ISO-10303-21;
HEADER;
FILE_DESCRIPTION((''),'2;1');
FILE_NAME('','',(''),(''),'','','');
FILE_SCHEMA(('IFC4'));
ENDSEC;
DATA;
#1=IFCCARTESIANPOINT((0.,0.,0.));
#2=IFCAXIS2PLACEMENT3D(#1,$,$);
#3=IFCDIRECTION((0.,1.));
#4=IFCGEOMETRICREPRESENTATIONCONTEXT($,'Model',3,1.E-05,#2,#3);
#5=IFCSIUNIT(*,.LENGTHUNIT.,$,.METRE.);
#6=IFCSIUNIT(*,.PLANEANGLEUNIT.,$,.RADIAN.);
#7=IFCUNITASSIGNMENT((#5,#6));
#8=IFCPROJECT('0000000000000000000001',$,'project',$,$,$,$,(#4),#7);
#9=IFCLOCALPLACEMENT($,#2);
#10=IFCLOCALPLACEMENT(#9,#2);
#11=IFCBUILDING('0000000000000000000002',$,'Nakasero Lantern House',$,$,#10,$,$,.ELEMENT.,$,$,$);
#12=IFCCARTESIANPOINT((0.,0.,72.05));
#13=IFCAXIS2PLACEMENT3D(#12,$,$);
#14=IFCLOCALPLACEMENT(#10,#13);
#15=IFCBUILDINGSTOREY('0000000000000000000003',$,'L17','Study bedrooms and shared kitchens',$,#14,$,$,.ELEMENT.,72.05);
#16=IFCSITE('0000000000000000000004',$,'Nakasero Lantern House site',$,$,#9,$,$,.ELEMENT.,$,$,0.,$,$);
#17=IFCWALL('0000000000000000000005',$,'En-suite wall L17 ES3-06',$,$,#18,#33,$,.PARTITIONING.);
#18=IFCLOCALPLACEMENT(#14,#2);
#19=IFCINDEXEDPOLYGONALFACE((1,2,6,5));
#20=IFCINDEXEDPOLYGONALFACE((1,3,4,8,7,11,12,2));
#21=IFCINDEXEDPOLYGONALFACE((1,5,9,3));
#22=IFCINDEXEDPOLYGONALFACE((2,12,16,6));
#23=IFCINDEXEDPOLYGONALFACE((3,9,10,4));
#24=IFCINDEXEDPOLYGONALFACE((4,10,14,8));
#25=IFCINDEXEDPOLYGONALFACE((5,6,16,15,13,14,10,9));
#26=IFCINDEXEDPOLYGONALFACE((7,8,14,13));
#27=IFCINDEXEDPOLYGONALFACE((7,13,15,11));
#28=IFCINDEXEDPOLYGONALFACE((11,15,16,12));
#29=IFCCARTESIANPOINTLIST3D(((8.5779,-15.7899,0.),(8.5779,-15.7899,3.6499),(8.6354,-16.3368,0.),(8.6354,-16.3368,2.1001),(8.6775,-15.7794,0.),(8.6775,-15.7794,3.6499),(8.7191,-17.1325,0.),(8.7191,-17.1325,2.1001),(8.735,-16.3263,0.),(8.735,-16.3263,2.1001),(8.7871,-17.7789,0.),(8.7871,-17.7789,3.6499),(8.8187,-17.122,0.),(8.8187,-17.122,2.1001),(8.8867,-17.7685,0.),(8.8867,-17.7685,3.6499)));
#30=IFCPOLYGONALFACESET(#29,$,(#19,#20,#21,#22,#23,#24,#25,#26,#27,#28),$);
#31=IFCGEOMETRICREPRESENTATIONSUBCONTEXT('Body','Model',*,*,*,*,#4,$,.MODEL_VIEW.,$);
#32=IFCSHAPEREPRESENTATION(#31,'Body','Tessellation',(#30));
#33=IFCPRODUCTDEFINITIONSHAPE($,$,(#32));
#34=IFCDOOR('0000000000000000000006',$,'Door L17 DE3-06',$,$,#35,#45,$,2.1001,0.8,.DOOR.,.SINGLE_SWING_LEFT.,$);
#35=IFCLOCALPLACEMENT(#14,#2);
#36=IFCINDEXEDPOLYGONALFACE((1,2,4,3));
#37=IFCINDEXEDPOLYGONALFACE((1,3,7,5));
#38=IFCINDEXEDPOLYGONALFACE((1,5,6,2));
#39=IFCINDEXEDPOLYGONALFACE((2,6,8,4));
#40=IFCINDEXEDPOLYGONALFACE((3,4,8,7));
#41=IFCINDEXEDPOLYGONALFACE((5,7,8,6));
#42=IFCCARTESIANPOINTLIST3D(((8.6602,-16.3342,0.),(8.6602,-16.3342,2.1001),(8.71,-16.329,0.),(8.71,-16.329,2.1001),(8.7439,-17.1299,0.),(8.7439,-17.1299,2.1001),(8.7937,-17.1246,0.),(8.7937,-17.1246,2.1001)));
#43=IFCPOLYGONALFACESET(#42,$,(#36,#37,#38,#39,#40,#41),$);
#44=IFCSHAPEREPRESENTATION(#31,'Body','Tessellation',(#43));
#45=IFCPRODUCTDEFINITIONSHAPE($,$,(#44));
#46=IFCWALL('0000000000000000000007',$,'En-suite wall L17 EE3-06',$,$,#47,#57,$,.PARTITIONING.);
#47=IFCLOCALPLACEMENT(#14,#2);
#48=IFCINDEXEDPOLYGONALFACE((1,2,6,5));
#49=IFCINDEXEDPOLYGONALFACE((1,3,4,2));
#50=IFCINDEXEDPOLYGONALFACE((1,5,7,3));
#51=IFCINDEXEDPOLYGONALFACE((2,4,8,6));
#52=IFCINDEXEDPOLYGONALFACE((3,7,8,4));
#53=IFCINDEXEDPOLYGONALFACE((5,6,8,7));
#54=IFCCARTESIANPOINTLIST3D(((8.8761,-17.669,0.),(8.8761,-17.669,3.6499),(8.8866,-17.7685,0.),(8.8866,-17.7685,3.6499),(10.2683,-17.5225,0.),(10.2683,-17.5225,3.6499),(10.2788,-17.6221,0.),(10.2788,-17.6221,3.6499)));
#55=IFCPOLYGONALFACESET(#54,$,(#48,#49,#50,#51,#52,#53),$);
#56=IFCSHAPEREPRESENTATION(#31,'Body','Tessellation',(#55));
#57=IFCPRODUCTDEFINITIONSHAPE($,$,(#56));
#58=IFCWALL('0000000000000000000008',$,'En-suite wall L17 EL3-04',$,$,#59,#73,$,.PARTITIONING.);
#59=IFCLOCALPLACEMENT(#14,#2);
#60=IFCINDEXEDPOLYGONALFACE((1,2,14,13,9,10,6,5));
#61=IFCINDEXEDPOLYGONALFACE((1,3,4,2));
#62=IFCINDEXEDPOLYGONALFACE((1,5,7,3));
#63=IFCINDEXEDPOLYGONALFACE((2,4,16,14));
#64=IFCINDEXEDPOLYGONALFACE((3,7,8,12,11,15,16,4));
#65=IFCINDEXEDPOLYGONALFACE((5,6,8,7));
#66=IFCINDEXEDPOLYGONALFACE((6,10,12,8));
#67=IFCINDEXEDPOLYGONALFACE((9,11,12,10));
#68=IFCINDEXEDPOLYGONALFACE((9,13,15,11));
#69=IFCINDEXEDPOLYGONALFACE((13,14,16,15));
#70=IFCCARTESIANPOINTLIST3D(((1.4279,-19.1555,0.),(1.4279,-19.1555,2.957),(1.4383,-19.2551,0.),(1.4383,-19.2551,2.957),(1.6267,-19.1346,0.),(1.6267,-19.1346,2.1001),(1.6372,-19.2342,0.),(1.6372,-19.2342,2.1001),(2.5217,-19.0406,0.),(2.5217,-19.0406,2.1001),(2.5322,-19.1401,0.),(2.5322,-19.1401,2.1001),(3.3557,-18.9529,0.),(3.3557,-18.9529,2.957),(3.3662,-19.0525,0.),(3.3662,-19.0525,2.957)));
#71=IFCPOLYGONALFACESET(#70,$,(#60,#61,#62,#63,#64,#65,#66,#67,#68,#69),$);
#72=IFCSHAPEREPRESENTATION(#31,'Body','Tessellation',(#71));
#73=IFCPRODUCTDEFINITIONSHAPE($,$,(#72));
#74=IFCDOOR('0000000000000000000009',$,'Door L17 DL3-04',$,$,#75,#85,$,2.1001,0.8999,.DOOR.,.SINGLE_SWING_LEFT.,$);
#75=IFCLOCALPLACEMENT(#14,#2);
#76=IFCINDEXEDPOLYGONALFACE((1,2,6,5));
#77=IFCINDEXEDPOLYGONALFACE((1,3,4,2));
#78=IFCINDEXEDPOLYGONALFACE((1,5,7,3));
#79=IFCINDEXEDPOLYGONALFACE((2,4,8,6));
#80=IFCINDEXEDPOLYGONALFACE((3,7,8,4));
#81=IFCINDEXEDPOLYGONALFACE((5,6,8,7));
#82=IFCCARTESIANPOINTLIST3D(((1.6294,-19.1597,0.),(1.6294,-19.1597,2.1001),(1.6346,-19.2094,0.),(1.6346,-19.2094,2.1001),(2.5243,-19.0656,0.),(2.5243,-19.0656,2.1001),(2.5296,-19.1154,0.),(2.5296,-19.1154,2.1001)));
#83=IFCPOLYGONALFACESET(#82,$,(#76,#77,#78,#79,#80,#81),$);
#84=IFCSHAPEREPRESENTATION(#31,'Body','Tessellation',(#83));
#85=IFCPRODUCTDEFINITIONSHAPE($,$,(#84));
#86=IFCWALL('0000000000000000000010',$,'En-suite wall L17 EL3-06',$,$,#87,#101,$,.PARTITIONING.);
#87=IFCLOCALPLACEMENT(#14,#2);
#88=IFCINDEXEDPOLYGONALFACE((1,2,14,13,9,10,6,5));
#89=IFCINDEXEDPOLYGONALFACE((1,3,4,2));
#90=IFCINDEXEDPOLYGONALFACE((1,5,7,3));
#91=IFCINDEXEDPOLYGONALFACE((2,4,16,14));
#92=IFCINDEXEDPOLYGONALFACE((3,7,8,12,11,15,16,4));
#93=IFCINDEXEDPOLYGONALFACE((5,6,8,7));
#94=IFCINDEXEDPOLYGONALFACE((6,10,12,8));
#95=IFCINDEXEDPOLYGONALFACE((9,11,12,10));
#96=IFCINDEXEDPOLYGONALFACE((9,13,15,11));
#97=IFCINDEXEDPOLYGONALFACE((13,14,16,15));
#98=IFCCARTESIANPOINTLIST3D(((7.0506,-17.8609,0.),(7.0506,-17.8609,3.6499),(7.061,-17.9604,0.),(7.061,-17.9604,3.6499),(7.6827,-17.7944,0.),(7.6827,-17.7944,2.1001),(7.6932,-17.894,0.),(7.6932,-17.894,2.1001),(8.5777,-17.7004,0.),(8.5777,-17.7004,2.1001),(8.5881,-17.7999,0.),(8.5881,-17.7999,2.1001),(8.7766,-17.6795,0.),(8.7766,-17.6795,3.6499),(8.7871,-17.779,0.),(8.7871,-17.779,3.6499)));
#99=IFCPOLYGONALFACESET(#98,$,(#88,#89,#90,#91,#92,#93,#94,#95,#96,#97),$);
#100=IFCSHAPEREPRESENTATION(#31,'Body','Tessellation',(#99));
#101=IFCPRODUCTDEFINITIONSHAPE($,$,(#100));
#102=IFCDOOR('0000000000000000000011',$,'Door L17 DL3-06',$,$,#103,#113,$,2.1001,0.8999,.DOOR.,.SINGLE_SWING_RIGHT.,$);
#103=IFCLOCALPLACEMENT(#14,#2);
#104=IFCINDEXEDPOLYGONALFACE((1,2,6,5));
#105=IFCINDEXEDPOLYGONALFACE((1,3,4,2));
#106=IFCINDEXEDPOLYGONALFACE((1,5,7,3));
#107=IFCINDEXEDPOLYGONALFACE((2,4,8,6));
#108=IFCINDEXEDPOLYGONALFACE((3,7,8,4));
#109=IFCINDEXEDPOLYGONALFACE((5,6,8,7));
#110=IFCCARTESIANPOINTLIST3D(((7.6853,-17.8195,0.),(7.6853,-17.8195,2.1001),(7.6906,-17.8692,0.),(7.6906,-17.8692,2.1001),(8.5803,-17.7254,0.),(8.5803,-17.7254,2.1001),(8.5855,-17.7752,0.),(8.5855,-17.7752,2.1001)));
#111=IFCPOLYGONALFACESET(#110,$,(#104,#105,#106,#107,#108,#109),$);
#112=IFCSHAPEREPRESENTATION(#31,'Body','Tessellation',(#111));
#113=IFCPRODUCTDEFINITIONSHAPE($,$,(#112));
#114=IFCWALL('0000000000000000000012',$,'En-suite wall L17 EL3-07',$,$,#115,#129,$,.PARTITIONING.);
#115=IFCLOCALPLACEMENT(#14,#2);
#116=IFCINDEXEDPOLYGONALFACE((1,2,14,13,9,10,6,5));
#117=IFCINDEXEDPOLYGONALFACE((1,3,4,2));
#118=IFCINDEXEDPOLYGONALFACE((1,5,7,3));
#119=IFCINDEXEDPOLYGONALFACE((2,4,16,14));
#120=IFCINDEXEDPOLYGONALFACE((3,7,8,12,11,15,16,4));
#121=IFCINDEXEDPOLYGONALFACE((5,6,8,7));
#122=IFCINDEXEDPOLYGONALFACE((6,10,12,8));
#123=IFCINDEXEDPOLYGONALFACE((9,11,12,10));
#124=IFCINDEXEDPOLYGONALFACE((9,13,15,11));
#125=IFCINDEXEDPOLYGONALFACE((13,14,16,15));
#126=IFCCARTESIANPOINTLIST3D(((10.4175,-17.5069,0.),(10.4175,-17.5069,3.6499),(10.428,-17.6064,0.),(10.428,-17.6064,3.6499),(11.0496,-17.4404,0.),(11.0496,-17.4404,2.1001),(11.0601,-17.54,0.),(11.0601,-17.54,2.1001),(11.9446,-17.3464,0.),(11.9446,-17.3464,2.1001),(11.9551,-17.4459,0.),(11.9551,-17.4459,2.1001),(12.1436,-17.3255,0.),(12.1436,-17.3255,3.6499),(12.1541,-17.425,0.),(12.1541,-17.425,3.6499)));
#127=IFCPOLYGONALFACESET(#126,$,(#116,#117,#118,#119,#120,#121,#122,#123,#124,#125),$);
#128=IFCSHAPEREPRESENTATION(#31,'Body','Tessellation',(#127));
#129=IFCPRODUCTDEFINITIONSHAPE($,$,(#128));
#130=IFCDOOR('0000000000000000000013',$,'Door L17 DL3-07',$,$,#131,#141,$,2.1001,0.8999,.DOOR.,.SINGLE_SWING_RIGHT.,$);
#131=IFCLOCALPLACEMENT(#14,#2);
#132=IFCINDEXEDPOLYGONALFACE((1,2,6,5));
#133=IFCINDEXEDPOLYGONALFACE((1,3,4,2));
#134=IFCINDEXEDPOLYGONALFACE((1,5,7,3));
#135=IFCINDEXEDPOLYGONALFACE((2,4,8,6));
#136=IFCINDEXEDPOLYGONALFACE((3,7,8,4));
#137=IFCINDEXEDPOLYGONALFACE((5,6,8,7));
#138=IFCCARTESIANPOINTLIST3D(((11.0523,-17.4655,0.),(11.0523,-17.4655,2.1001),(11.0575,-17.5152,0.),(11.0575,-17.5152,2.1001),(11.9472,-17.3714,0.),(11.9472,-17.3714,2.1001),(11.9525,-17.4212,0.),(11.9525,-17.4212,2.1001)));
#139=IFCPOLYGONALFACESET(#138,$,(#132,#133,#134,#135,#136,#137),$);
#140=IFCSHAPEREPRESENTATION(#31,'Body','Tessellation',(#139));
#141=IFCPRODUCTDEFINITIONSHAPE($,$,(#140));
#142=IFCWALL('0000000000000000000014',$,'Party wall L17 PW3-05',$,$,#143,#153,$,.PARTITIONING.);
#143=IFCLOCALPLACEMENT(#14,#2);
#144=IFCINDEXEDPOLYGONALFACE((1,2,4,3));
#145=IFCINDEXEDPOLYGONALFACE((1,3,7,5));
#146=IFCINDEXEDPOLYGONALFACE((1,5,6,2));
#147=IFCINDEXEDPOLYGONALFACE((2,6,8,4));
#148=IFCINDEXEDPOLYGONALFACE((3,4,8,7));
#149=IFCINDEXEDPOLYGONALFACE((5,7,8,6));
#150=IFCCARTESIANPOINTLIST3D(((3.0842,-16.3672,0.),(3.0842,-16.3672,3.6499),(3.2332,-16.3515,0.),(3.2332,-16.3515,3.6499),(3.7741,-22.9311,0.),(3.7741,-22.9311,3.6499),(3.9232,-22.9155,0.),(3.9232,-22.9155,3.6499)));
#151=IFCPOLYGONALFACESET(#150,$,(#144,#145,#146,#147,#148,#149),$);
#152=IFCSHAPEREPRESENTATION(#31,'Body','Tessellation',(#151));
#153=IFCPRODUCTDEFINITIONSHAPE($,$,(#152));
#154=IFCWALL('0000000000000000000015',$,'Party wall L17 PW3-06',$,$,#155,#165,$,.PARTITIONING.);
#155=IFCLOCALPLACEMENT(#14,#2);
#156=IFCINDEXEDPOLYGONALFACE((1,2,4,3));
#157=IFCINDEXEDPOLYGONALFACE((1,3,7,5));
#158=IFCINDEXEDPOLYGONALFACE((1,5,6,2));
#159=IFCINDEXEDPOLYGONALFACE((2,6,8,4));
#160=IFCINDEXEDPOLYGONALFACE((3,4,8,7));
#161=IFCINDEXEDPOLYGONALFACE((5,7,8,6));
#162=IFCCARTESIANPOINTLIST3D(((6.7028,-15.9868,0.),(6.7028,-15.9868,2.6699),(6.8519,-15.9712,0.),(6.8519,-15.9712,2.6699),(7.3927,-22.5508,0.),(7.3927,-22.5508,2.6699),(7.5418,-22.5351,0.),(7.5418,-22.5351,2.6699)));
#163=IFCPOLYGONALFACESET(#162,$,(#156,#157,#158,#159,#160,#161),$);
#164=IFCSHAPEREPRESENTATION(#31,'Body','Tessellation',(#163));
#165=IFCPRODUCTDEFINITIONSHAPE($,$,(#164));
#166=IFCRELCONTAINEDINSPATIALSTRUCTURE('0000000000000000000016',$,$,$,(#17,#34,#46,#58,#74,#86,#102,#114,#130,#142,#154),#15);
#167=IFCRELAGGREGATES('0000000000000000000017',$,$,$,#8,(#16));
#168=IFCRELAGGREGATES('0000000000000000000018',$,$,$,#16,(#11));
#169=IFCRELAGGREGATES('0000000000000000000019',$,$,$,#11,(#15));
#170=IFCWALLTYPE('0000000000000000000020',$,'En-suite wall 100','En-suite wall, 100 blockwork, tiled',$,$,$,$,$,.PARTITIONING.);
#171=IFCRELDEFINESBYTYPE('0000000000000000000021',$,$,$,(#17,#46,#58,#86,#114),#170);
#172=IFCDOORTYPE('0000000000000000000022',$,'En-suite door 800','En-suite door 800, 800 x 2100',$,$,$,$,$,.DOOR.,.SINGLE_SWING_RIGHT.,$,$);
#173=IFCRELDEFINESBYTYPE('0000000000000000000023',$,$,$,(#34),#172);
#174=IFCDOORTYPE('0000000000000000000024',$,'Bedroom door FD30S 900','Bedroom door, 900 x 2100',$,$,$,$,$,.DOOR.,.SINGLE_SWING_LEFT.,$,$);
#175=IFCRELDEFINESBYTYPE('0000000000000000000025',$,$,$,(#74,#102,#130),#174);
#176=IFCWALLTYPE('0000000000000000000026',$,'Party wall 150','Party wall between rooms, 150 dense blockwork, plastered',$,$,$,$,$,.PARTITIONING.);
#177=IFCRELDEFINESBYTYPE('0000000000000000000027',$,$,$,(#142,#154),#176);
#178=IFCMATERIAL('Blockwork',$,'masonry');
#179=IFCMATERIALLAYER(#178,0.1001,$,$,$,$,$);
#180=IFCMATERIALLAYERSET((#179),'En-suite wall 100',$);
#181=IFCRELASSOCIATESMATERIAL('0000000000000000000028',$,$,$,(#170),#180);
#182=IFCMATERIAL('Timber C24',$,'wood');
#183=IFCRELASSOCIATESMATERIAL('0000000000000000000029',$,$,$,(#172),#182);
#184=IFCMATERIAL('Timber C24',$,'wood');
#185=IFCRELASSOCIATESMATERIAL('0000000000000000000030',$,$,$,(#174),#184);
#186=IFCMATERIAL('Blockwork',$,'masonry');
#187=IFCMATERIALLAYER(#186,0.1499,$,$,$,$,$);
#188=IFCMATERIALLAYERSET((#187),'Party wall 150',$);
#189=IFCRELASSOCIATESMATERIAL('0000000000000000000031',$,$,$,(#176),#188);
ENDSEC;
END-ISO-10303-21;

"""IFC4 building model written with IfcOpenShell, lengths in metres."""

from ifc_helpers import new_model, si_unit, direction, frame, frame_2d, origin, place, context, subcontext, project, spatial, rectangle, extrude, material, layer, layer_set, type_object, element, fill, save


model = new_model("IFC4")

# Units and contexts
model_context = context("Model", 3, precision=1e-05, world=origin(), true_north=direction((0.0, 1.0)))
body_context = subcontext(model_context, "Body", "Model", "MODEL_VIEW")
ifc_project = project(units=[si_unit("LENGTHUNIT", "METRE"), si_unit("PLANEANGLEUNIT", "RADIAN")], contexts=[model_context])

# Site, building, storey
site_placement = place(None, origin())
site = spatial("IfcSite", under=ifc_project, at=site_placement, Name="Nakasero Lantern House site", CompositionType="ELEMENT", RefElevation=0.0)
building_placement = place(site_placement, origin())
building = spatial("IfcBuilding", under=site, at=building_placement, Name="Nakasero Lantern House", CompositionType="ELEMENT")
storey_placement = place(building_placement, frame((0.0, 0.0, 72.05)))
storey = spatial("IfcBuildingStorey", under=building, at=storey_placement, Name="L17", Description="Study bedrooms and shared kitchens", CompositionType="ELEMENT", Elevation=72.05)

# Shared definitions
ifc_material_1 = material(Name="Blockwork", Category="masonry")
ifc_layer_1 = layer(ifc_material_1, 0.1001)
ifc_layer_set_1 = layer_set([ifc_layer_1], Name="En-suite wall 100")
wall_type_1 = type_object("IfcWallType", Name="En-suite wall 100", Description="En-suite wall, 100 blockwork, tiled", PredefinedType="PARTITIONING", material=ifc_layer_set_1)
ifc_material_2 = material(Name="Timber C24", Category="wood")
door_type_1 = type_object("IfcDoorType", Name="En-suite door 800", Description="En-suite door 800, 800 x 2100", OperationType="SINGLE_SWING_RIGHT", PredefinedType="DOOR", material=ifc_material_2)

# Wall, opening, door
wall_1_placement = place(storey_placement, frame((8.6277, -15.7847, 0.0), z_axis=(0.0, 0.0, 1.0), x_axis=(0.104615, -0.994513, 0.0)))
wall_1 = element("IfcWall", 1, at=wall_1_placement, inside=storey, type_object=wall_type_1, Name="En-suite wall L17 ES3-06", PredefinedType="PARTITIONING", context=body_context, shape_type="SweptSolid", body=[
    extrude(rectangle(XDim=2.0, YDim=0.1001, at=frame_2d((1.0, 0.0))), origin(), (0.0, 0.0, 1.0), 3.6499),
])
opening_1_placement = place(wall_1_placement, frame((0.55, 0.0, 0.0)))
opening_1 = element("IfcOpeningElement", 2, at=opening_1_placement, cuts=wall_1, PredefinedType="OPENING", context=body_context, shape_type="SweptSolid", body=[
    extrude(rectangle(XDim=0.8, YDim=2.1001, at=frame_2d((0.3999, 1.05))), frame((0.0, 0.0701, 0.0), z_axis=(0.0, -1.0, 0.0), x_axis=(1.0, 0.0, 0.0)), (0.0, 0.0, 1.0), 0.1401),
])
door_1_placement = place(opening_1_placement, origin())
door_1 = element("IfcDoor", 3, at=door_1_placement, inside=storey, type_object=door_type_1, Name="Door L17 DE3-06", OperationType="SINGLE_SWING_LEFT", OverallHeight=2.1001, OverallWidth=0.8, PredefinedType="DOOR", context=body_context, shape_type="SweptSolid", body=[
    extrude(rectangle(XDim=0.8, YDim=2.1001, at=frame_2d((0.3999, 1.05))), frame((0.0, 0.0249, 0.0), z_axis=(0.0, -1.0, 0.0), x_axis=(1.0, 0.0, 0.0)), (0.0, 0.0, 1.0), 0.05),
])
fill(opening_1, door_1)

# Wall
wall_2_placement = place(storey_placement, frame((8.8813, -17.7188, 0.0), z_axis=(0.0, 0.0, 1.0), x_axis=(0.994511, 0.10463, 0.0)))
element("IfcWall", 4, at=wall_2_placement, inside=storey, type_object=wall_type_1, Name="En-suite wall L17 EE3-06", PredefinedType="PARTITIONING", context=body_context, shape_type="SweptSolid", body=[
    extrude(rectangle(XDim=1.3999, YDim=0.1001, at=frame_2d((0.7, 0.0))), origin(), (0.0, 0.0, 1.0), 3.6499),
])

# Walls, openings, doors
wall_3_placement = place(storey_placement, frame((1.4331, -19.2053, 0.0), z_axis=(0.0, 0.0, 1.0), x_axis=(0.994522, 0.104527, 0.0)))
wall_3 = element("IfcWall", 5, at=wall_3_placement, inside=storey, type_object=wall_type_1, Name="En-suite wall L17 EL3-04", PredefinedType="PARTITIONING", context=body_context, shape_type="SweptSolid", body=[
    extrude(rectangle(XDim=1.9385, YDim=0.1001, at=frame_2d((0.9692, 0.0))), origin(), (0.0, 0.0, 1.0), 2.957),
])
opening_2_placement = place(wall_3_placement, frame((0.2, 0.0, 0.0)))
opening_2 = element("IfcOpeningElement", 6, at=opening_2_placement, cuts=wall_3, PredefinedType="OPENING", context=body_context, shape_type="SweptSolid", body=[
    extrude(rectangle(XDim=0.8999, YDim=2.1001, at=frame_2d((0.45, 1.05))), frame((0.0, 0.0701, 0.0), z_axis=(0.0, -1.0, 0.0), x_axis=(1.0, 0.0, 0.0)), (0.0, 0.0, 1.0), 0.1401),
])
ifc_material_3 = material(Name="Timber C24", Category="wood")
door_type_2 = type_object("IfcDoorType", Name="Bedroom door FD30S 900", Description="Bedroom door, 900 x 2100", OperationType="SINGLE_SWING_LEFT", PredefinedType="DOOR", material=ifc_material_3)
door_2_placement = place(opening_2_placement, origin())
door_2 = element("IfcDoor", 7, at=door_2_placement, inside=storey, type_object=door_type_2, Name="Door L17 DL3-04", OperationType="SINGLE_SWING_LEFT", OverallHeight=2.1001, OverallWidth=0.8999, PredefinedType="DOOR", context=body_context, shape_type="SweptSolid", body=[
    extrude(rectangle(XDim=0.8999, YDim=2.1001, at=frame_2d((0.45, 1.05))), frame((0.0, 0.0249, 0.0), z_axis=(0.0, -1.0, 0.0), x_axis=(1.0, 0.0, 0.0)), (0.0, 0.0, 1.0), 0.05),
])
fill(opening_2, door_2)
wall_4_placement = place(storey_placement, frame((7.0559, -17.9106, 0.0), z_axis=(0.0, 0.0, 1.0), x_axis=(0.994523, 0.104516, 0.0)))
wall_4 = element("IfcWall", 8, at=wall_4_placement, inside=storey, type_object=wall_type_1, Name="En-suite wall L17 EL3-06", PredefinedType="PARTITIONING", context=body_context, shape_type="SweptSolid", body=[
    extrude(rectangle(XDim=1.7356, YDim=0.1001, at=frame_2d((0.8677, 0.0))), origin(), (0.0, 0.0, 1.0), 3.6499),
])
opening_3_placement = place(wall_4_placement, frame((0.6355, 0.0, 0.0)))
opening_3 = element("IfcOpeningElement", 9, at=opening_3_placement, cuts=wall_4, PredefinedType="OPENING", context=body_context, shape_type="SweptSolid", body=[
    extrude(rectangle(XDim=0.8999, YDim=2.1001, at=frame_2d((0.45, 1.05))), frame((0.0, 0.0701, 0.0), z_axis=(0.0, -1.0, 0.0), x_axis=(1.0, 0.0, 0.0)), (0.0, 0.0, 1.0), 0.1401),
])
door_3_placement = place(opening_3_placement, origin())
door_3 = element("IfcDoor", 10, at=door_3_placement, inside=storey, type_object=door_type_2, Name="Door L17 DL3-06", OperationType="SINGLE_SWING_RIGHT", OverallHeight=2.1001, OverallWidth=0.8999, PredefinedType="DOOR", context=body_context, shape_type="SweptSolid", body=[
    extrude(rectangle(XDim=0.8999, YDim=2.1001, at=frame_2d((0.45, 1.05))), frame((0.0, 0.0249, 0.0), z_axis=(0.0, -1.0, 0.0), x_axis=(1.0, 0.0, 0.0)), (0.0, 0.0, 1.0), 0.05),
])
fill(opening_3, door_3)
wall_5_placement = place(storey_placement, frame((10.4229, -17.5566, 0.0), z_axis=(0.0, 0.0, 1.0), x_axis=(0.994523, 0.104516, 0.0)))
wall_5 = element("IfcWall", 11, at=wall_5_placement, inside=storey, type_object=wall_type_1, Name="En-suite wall L17 EL3-07", PredefinedType="PARTITIONING", context=body_context, shape_type="SweptSolid", body=[
    extrude(rectangle(XDim=1.7356, YDim=0.1001, at=frame_2d((0.8677, 0.0))), origin(), (0.0, 0.0, 1.0), 3.6499),
])
opening_4_placement = place(wall_5_placement, frame((0.6355, 0.0, 0.0)))
opening_4 = element("IfcOpeningElement", 12, at=opening_4_placement, cuts=wall_5, PredefinedType="OPENING", context=body_context, shape_type="SweptSolid", body=[
    extrude(rectangle(XDim=0.8999, YDim=2.1001, at=frame_2d((0.45, 1.05))), frame((0.0, 0.0701, 0.0), z_axis=(0.0, -1.0, 0.0), x_axis=(1.0, 0.0, 0.0)), (0.0, 0.0, 1.0), 0.1401),
])
door_4_placement = place(opening_4_placement, origin())
door_4 = element("IfcDoor", 13, at=door_4_placement, inside=storey, type_object=door_type_2, Name="Door L17 DL3-07", OperationType="SINGLE_SWING_RIGHT", OverallHeight=2.1001, OverallWidth=0.8999, PredefinedType="DOOR", context=body_context, shape_type="SweptSolid", body=[
    extrude(rectangle(XDim=0.8999, YDim=2.1001, at=frame_2d((0.45, 1.05))), frame((0.0, 0.0249, 0.0), z_axis=(0.0, -1.0, 0.0), x_axis=(1.0, 0.0, 0.0)), (0.0, 0.0, 1.0), 0.05),
])
fill(opening_4, door_4)

# Walls
ifc_material_4 = material(Name="Blockwork", Category="masonry")
ifc_layer_2 = layer(ifc_material_4, 0.1499)
ifc_layer_set_2 = layer_set([ifc_layer_2], Name="Party wall 150")
wall_type_2 = type_object("IfcWallType", Name="Party wall 150", Description="Party wall between rooms, 150 dense blockwork, plastered", PredefinedType="PARTITIONING", material=ifc_layer_set_2)
wall_6_placement = place(storey_placement, frame((3.1587, -16.3594, 0.0), z_axis=(0.0, 0.0, 1.0), x_axis=(0.104535, -0.994521, 0.0)))
element("IfcWall", 14, at=wall_6_placement, inside=storey, type_object=wall_type_2, Name="Party wall L17 PW3-05", PredefinedType="PARTITIONING", context=body_context, shape_type="SweptSolid", body=[
    extrude(rectangle(XDim=6.6001, YDim=0.1499, at=frame_2d((3.3, 0.0))), origin(), (0.0, 0.0, 1.0), 3.6499),
])
wall_7_placement = place(storey_placement, frame((6.7773, -15.979, 0.0), z_axis=(0.0, 0.0, 1.0), x_axis=(0.104535, -0.994521, 0.0)))
element("IfcWall", 15, at=wall_7_placement, inside=storey, type_object=wall_type_2, Name="Party wall L17 PW3-06", PredefinedType="PARTITIONING", context=body_context, shape_type="SweptSolid", body=[
    extrude(rectangle(XDim=6.6001, YDim=0.1499, at=frame_2d((3.3, 0.0))), origin(), (0.0, 0.0, 1.0), 2.6699),
])

save(model, "model.ifc")
